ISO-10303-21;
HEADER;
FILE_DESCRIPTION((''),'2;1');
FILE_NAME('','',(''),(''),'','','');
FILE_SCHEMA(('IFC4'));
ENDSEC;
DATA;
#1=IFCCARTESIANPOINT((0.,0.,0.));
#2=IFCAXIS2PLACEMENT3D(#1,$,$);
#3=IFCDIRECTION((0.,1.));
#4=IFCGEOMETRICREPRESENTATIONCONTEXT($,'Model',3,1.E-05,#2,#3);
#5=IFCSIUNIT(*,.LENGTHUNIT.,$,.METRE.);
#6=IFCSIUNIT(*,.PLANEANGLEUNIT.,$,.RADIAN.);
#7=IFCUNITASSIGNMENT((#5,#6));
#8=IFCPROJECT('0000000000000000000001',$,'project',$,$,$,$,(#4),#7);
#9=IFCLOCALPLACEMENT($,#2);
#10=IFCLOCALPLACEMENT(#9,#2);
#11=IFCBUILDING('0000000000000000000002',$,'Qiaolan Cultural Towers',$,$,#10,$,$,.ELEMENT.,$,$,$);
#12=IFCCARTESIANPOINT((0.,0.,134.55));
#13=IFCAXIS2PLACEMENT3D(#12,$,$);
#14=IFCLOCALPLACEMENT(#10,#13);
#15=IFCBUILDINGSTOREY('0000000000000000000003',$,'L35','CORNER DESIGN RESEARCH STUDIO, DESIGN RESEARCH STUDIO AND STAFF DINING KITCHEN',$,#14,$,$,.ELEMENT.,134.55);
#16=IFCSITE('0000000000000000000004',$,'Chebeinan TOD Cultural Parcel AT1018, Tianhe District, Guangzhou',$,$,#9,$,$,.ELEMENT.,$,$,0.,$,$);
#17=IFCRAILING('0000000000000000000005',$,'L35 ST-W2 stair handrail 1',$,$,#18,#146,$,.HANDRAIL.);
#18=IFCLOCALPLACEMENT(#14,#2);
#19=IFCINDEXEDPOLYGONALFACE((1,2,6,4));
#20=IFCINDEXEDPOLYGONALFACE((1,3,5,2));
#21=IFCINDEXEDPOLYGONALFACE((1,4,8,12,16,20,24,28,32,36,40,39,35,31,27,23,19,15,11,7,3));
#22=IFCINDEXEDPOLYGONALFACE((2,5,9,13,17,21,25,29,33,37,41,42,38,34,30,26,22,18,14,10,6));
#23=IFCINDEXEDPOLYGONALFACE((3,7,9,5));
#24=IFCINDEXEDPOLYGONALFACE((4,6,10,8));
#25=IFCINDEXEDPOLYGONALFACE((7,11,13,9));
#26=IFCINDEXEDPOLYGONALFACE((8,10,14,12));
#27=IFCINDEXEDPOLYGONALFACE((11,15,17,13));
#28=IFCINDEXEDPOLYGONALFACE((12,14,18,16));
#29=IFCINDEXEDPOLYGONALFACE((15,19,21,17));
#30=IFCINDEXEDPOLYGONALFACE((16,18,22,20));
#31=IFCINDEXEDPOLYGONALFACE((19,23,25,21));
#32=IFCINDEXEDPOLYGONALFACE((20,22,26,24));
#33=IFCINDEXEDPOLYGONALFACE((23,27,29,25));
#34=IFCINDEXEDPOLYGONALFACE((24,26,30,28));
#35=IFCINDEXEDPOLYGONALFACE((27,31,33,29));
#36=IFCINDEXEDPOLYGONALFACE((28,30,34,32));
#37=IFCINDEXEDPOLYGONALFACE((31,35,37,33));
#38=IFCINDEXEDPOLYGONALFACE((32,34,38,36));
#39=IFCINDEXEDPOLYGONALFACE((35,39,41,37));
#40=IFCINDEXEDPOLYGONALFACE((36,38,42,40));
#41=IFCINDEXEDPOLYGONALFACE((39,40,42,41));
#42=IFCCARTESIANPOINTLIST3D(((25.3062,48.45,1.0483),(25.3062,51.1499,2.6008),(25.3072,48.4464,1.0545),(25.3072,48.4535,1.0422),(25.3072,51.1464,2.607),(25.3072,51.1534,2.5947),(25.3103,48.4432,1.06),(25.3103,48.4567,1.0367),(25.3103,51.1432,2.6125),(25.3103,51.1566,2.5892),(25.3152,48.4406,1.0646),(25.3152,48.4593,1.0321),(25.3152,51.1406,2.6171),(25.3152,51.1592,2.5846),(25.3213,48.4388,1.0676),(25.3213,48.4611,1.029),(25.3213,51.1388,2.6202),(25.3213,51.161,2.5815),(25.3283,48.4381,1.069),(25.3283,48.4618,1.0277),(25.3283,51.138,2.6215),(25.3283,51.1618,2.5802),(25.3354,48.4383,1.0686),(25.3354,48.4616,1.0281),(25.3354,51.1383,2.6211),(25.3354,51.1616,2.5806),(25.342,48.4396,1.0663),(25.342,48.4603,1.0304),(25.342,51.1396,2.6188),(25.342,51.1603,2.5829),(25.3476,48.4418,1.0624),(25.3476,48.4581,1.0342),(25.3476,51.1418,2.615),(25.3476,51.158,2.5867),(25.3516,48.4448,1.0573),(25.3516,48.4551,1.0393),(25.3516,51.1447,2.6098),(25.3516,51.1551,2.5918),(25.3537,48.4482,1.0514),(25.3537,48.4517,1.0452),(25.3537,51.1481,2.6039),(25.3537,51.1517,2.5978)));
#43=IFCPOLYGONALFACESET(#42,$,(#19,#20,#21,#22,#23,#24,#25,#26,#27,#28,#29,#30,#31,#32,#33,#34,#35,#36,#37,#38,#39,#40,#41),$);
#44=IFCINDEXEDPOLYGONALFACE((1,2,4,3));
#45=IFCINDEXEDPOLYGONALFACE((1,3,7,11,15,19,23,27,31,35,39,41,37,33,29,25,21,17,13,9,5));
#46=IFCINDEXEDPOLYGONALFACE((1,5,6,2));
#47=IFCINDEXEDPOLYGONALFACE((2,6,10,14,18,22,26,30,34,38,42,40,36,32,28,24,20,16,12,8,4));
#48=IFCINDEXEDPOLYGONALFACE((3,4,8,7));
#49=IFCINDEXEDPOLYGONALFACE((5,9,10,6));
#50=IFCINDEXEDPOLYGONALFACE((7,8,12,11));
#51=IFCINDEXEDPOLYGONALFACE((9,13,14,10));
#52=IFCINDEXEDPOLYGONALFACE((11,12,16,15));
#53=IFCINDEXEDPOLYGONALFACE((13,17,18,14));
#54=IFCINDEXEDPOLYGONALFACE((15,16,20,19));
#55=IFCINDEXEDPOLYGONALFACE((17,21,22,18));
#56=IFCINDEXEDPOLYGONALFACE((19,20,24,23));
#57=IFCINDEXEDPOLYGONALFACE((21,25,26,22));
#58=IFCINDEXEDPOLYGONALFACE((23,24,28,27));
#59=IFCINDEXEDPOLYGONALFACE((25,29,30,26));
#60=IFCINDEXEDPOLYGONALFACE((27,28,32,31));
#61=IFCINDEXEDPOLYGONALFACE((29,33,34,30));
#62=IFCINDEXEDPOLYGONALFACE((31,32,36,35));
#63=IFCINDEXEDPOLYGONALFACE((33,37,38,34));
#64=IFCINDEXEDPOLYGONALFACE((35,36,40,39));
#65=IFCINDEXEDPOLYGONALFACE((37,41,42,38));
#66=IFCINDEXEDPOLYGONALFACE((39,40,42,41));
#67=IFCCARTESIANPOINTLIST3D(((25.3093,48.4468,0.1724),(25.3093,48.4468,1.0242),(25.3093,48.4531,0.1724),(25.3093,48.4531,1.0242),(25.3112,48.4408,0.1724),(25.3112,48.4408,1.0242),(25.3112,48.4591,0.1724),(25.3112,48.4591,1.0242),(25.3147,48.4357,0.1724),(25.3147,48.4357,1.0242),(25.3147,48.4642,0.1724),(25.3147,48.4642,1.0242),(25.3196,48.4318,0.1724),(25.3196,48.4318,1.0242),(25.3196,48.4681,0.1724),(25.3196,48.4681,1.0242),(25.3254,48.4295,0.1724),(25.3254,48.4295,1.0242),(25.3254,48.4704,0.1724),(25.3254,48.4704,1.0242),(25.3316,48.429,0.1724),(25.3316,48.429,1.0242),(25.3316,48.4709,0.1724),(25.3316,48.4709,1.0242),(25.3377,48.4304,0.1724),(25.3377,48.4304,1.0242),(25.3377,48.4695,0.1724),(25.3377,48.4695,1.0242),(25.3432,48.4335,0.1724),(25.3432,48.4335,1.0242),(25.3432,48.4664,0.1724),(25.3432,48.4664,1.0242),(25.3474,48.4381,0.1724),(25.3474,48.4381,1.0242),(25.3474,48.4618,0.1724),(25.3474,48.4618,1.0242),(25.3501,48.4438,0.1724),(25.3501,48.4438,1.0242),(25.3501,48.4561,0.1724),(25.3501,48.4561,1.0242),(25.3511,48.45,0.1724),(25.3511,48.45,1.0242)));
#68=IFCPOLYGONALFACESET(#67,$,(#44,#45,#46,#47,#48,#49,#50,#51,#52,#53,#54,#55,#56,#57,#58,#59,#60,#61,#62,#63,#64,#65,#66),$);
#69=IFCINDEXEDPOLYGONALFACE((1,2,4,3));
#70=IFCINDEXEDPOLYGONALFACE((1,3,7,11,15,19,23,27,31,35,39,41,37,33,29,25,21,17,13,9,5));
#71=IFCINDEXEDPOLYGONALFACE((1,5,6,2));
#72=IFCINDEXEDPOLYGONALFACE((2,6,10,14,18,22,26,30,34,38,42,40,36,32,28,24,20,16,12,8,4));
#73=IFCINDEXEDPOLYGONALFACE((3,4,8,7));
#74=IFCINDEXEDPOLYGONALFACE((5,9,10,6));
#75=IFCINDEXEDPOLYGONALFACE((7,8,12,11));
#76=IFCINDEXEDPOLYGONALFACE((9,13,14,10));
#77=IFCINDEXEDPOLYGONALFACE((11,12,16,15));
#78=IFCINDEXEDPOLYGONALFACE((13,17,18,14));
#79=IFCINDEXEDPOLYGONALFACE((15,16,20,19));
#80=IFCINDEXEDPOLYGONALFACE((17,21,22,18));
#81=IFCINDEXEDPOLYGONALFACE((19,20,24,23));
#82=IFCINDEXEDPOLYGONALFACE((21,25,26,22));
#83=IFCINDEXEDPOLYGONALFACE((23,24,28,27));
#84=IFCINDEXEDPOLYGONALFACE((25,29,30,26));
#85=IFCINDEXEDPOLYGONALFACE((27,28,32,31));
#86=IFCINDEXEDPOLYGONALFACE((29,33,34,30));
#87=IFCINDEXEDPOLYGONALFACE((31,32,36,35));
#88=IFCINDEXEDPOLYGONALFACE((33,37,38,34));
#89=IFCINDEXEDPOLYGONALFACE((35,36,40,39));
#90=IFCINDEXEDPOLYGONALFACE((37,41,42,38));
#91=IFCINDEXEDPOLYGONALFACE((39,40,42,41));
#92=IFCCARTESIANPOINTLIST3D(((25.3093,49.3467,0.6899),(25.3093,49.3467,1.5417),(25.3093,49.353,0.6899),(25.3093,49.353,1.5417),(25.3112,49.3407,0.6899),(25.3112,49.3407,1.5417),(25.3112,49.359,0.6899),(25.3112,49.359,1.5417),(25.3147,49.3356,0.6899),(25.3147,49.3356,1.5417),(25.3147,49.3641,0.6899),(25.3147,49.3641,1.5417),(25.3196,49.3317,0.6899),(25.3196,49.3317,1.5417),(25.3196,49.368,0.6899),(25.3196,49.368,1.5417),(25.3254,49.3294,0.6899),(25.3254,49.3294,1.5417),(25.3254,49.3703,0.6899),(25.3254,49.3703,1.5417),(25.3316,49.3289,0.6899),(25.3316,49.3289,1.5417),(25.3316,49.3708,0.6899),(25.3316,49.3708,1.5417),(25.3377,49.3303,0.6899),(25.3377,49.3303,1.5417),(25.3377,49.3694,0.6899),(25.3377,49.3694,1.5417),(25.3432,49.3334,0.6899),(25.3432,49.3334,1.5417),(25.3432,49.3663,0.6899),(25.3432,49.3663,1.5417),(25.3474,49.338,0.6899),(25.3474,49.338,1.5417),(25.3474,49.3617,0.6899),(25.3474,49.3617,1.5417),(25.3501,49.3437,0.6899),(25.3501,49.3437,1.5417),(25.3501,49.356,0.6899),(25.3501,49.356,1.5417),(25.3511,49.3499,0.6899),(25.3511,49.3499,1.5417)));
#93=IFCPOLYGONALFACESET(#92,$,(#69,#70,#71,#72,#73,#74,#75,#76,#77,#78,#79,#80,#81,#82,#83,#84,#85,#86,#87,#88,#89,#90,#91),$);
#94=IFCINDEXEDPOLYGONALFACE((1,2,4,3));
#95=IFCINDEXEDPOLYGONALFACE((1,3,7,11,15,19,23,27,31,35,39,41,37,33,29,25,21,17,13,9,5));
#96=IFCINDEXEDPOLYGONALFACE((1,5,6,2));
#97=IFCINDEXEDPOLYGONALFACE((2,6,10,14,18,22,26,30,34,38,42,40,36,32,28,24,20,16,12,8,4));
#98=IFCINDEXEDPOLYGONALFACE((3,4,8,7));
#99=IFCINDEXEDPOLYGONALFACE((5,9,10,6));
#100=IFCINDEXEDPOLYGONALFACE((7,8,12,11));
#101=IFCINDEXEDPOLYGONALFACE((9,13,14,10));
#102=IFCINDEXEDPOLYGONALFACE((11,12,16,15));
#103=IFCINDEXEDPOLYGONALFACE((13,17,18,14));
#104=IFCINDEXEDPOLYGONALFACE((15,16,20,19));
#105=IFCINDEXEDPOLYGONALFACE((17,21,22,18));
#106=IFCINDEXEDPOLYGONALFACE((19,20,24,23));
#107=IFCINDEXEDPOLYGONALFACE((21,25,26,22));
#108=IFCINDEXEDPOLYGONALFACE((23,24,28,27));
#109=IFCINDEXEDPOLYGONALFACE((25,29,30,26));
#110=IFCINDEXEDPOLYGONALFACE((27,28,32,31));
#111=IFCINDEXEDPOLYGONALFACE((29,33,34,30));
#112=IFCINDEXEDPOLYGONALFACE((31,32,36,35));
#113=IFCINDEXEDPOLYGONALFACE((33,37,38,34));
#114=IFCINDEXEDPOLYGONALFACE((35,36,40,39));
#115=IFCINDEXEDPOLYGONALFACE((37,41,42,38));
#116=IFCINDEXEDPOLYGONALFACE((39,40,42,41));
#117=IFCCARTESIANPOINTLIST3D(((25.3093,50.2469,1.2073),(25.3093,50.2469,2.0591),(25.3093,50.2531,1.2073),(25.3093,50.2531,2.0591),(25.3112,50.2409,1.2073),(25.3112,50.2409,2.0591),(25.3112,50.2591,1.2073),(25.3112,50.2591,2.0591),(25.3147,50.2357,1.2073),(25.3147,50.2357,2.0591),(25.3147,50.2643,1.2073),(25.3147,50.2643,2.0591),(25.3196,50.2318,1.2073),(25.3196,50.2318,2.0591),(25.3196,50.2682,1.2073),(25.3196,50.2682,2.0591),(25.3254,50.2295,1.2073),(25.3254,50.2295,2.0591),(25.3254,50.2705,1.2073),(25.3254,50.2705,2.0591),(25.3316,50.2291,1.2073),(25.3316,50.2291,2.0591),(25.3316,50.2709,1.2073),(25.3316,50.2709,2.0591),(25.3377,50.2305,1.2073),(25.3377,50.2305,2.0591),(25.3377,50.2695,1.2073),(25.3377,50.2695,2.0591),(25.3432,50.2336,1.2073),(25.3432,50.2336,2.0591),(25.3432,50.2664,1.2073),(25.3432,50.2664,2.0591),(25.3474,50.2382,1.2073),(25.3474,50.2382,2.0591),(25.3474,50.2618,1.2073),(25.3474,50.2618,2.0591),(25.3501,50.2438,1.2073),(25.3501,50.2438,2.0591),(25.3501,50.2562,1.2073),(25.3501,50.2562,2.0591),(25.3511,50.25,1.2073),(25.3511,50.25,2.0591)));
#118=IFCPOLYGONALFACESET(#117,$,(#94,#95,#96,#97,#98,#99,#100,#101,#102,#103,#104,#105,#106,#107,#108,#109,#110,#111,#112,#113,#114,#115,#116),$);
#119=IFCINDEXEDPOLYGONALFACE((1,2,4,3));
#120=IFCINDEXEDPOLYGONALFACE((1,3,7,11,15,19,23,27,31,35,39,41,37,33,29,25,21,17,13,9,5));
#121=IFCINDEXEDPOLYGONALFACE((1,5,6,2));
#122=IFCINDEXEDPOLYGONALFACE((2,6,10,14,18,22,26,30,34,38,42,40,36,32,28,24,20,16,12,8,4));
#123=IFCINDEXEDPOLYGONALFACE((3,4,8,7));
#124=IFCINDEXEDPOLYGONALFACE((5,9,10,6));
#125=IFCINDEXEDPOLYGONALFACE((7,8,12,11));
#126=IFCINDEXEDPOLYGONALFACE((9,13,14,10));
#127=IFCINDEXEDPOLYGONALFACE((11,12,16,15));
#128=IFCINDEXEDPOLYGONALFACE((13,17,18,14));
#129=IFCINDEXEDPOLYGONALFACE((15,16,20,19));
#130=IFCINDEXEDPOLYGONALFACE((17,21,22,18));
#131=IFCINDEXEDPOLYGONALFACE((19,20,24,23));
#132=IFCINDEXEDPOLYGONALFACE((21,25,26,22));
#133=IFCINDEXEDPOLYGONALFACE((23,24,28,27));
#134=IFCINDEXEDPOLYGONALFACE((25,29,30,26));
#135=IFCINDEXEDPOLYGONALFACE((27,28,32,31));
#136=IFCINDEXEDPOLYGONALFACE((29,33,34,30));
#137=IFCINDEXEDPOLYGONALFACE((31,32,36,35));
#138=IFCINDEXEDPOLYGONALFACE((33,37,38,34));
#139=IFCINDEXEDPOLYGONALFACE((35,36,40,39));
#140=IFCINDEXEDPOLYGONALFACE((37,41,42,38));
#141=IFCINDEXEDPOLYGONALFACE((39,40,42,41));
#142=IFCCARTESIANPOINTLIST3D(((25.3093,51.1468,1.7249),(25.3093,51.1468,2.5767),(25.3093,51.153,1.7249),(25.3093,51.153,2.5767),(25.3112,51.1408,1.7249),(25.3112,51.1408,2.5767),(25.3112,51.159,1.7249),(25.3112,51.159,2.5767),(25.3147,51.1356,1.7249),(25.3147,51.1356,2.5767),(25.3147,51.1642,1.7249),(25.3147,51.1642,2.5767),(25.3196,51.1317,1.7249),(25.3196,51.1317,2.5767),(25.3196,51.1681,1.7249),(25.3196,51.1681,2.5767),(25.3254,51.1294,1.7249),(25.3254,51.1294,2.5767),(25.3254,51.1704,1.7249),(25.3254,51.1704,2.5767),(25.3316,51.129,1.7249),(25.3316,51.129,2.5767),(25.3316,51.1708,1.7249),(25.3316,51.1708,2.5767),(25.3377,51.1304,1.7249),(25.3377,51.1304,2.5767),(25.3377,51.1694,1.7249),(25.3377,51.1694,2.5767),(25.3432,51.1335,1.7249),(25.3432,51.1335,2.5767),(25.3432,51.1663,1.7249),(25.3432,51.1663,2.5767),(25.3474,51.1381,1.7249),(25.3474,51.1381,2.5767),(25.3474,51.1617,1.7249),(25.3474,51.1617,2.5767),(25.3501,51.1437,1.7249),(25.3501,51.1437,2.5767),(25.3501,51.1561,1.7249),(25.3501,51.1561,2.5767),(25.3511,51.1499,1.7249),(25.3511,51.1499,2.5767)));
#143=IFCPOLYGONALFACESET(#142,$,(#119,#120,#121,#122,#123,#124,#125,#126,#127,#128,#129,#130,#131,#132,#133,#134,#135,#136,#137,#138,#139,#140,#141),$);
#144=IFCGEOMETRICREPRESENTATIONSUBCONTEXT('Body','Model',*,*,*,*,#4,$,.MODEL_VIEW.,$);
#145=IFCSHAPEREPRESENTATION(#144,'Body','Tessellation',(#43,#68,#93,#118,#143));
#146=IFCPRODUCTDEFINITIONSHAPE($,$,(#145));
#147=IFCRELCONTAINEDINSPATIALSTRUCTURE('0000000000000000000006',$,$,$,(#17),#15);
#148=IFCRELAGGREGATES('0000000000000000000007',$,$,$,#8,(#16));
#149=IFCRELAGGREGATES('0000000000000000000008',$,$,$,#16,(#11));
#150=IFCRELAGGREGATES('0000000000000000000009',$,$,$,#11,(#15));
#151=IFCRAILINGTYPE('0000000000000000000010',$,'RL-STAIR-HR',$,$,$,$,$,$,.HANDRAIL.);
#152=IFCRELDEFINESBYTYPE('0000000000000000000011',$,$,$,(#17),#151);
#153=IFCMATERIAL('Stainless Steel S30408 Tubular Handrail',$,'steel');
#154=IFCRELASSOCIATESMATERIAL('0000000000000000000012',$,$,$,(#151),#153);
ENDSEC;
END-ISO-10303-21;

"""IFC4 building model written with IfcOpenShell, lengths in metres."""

from ifc_helpers import new_model, si_unit, direction, frame, origin, origin_2d, place, context, subcontext, project, spatial, circle, extrude, material, type_object, element, save


model = new_model("IFC4")

# Units and contexts
model_context = context("Model", 3, precision=1e-05, world=origin(), true_north=direction((0.0, 1.0)))
body_context = subcontext(model_context, "Body", "Model", "MODEL_VIEW")
ifc_project = project(units=[si_unit("LENGTHUNIT", "METRE"), si_unit("PLANEANGLEUNIT", "RADIAN")], contexts=[model_context])

# Site, building, storey
site_placement = place(None, origin())
site = spatial("IfcSite", under=ifc_project, at=site_placement, Name="Chebeinan TOD Cultural Parcel AT1018, Tianhe District, Guangzhou", CompositionType="ELEMENT", RefElevation=0.0)
building_placement = place(site_placement, origin())
building = spatial("IfcBuilding", under=site, at=building_placement, Name="Qiaolan Cultural Towers", CompositionType="ELEMENT")
storey_placement = place(building_placement, frame((0.0, 0.0, 134.55)))
storey = spatial("IfcBuildingStorey", under=building, at=storey_placement, Name="L35", Description="CORNER DESIGN RESEARCH STUDIO, DESIGN RESEARCH STUDIO AND STAFF DINING KITCHEN", CompositionType="ELEMENT", Elevation=134.55)

# Railing
ifc_material_1 = material(Name="Stainless Steel S30408 Tubular Handrail", Category="steel")
railing_type_1 = type_object("IfcRailingType", Name="RL-STAIR-HR", PredefinedType="HANDRAIL", material=ifc_material_1)
railing_1_placement = place(storey_placement, frame((25.3301, 48.45, 0.1724)))
element("IfcRailing", 1, at=railing_1_placement, inside=storey, type_object=railing_type_1, Name="L35 ST-W2 stair handrail 1", PredefinedType="HANDRAIL", context=body_context, shape_type="SweptSolid", body=[
    extrude(circle(Radius=0.0239, at=origin_2d()), frame((0.0, 0.0, 0.876), z_axis=(0.0, 0.866904, 0.498476), x_axis=(-1.0, 0.0, 0.0)), (0.0, 0.0, 1.0), 3.1145),
    extrude(circle(Radius=0.021, at=origin_2d()), origin(), (0.0, 0.0, 1.0), 0.8518),
    extrude(circle(Radius=0.021, at=origin_2d()), frame((0.0, 0.8999, 0.5176)), (0.0, 0.0, 1.0), 0.8518),
    extrude(circle(Radius=0.021, at=origin_2d()), frame((0.0, 1.8, 1.0349)), (0.0, 0.0, 1.0), 0.8518),
    extrude(circle(Radius=0.021, at=origin_2d()), frame((0.0, 2.7, 1.5525)), (0.0, 0.0, 1.0), 0.8518),
])

save(model, "model.ifc")
